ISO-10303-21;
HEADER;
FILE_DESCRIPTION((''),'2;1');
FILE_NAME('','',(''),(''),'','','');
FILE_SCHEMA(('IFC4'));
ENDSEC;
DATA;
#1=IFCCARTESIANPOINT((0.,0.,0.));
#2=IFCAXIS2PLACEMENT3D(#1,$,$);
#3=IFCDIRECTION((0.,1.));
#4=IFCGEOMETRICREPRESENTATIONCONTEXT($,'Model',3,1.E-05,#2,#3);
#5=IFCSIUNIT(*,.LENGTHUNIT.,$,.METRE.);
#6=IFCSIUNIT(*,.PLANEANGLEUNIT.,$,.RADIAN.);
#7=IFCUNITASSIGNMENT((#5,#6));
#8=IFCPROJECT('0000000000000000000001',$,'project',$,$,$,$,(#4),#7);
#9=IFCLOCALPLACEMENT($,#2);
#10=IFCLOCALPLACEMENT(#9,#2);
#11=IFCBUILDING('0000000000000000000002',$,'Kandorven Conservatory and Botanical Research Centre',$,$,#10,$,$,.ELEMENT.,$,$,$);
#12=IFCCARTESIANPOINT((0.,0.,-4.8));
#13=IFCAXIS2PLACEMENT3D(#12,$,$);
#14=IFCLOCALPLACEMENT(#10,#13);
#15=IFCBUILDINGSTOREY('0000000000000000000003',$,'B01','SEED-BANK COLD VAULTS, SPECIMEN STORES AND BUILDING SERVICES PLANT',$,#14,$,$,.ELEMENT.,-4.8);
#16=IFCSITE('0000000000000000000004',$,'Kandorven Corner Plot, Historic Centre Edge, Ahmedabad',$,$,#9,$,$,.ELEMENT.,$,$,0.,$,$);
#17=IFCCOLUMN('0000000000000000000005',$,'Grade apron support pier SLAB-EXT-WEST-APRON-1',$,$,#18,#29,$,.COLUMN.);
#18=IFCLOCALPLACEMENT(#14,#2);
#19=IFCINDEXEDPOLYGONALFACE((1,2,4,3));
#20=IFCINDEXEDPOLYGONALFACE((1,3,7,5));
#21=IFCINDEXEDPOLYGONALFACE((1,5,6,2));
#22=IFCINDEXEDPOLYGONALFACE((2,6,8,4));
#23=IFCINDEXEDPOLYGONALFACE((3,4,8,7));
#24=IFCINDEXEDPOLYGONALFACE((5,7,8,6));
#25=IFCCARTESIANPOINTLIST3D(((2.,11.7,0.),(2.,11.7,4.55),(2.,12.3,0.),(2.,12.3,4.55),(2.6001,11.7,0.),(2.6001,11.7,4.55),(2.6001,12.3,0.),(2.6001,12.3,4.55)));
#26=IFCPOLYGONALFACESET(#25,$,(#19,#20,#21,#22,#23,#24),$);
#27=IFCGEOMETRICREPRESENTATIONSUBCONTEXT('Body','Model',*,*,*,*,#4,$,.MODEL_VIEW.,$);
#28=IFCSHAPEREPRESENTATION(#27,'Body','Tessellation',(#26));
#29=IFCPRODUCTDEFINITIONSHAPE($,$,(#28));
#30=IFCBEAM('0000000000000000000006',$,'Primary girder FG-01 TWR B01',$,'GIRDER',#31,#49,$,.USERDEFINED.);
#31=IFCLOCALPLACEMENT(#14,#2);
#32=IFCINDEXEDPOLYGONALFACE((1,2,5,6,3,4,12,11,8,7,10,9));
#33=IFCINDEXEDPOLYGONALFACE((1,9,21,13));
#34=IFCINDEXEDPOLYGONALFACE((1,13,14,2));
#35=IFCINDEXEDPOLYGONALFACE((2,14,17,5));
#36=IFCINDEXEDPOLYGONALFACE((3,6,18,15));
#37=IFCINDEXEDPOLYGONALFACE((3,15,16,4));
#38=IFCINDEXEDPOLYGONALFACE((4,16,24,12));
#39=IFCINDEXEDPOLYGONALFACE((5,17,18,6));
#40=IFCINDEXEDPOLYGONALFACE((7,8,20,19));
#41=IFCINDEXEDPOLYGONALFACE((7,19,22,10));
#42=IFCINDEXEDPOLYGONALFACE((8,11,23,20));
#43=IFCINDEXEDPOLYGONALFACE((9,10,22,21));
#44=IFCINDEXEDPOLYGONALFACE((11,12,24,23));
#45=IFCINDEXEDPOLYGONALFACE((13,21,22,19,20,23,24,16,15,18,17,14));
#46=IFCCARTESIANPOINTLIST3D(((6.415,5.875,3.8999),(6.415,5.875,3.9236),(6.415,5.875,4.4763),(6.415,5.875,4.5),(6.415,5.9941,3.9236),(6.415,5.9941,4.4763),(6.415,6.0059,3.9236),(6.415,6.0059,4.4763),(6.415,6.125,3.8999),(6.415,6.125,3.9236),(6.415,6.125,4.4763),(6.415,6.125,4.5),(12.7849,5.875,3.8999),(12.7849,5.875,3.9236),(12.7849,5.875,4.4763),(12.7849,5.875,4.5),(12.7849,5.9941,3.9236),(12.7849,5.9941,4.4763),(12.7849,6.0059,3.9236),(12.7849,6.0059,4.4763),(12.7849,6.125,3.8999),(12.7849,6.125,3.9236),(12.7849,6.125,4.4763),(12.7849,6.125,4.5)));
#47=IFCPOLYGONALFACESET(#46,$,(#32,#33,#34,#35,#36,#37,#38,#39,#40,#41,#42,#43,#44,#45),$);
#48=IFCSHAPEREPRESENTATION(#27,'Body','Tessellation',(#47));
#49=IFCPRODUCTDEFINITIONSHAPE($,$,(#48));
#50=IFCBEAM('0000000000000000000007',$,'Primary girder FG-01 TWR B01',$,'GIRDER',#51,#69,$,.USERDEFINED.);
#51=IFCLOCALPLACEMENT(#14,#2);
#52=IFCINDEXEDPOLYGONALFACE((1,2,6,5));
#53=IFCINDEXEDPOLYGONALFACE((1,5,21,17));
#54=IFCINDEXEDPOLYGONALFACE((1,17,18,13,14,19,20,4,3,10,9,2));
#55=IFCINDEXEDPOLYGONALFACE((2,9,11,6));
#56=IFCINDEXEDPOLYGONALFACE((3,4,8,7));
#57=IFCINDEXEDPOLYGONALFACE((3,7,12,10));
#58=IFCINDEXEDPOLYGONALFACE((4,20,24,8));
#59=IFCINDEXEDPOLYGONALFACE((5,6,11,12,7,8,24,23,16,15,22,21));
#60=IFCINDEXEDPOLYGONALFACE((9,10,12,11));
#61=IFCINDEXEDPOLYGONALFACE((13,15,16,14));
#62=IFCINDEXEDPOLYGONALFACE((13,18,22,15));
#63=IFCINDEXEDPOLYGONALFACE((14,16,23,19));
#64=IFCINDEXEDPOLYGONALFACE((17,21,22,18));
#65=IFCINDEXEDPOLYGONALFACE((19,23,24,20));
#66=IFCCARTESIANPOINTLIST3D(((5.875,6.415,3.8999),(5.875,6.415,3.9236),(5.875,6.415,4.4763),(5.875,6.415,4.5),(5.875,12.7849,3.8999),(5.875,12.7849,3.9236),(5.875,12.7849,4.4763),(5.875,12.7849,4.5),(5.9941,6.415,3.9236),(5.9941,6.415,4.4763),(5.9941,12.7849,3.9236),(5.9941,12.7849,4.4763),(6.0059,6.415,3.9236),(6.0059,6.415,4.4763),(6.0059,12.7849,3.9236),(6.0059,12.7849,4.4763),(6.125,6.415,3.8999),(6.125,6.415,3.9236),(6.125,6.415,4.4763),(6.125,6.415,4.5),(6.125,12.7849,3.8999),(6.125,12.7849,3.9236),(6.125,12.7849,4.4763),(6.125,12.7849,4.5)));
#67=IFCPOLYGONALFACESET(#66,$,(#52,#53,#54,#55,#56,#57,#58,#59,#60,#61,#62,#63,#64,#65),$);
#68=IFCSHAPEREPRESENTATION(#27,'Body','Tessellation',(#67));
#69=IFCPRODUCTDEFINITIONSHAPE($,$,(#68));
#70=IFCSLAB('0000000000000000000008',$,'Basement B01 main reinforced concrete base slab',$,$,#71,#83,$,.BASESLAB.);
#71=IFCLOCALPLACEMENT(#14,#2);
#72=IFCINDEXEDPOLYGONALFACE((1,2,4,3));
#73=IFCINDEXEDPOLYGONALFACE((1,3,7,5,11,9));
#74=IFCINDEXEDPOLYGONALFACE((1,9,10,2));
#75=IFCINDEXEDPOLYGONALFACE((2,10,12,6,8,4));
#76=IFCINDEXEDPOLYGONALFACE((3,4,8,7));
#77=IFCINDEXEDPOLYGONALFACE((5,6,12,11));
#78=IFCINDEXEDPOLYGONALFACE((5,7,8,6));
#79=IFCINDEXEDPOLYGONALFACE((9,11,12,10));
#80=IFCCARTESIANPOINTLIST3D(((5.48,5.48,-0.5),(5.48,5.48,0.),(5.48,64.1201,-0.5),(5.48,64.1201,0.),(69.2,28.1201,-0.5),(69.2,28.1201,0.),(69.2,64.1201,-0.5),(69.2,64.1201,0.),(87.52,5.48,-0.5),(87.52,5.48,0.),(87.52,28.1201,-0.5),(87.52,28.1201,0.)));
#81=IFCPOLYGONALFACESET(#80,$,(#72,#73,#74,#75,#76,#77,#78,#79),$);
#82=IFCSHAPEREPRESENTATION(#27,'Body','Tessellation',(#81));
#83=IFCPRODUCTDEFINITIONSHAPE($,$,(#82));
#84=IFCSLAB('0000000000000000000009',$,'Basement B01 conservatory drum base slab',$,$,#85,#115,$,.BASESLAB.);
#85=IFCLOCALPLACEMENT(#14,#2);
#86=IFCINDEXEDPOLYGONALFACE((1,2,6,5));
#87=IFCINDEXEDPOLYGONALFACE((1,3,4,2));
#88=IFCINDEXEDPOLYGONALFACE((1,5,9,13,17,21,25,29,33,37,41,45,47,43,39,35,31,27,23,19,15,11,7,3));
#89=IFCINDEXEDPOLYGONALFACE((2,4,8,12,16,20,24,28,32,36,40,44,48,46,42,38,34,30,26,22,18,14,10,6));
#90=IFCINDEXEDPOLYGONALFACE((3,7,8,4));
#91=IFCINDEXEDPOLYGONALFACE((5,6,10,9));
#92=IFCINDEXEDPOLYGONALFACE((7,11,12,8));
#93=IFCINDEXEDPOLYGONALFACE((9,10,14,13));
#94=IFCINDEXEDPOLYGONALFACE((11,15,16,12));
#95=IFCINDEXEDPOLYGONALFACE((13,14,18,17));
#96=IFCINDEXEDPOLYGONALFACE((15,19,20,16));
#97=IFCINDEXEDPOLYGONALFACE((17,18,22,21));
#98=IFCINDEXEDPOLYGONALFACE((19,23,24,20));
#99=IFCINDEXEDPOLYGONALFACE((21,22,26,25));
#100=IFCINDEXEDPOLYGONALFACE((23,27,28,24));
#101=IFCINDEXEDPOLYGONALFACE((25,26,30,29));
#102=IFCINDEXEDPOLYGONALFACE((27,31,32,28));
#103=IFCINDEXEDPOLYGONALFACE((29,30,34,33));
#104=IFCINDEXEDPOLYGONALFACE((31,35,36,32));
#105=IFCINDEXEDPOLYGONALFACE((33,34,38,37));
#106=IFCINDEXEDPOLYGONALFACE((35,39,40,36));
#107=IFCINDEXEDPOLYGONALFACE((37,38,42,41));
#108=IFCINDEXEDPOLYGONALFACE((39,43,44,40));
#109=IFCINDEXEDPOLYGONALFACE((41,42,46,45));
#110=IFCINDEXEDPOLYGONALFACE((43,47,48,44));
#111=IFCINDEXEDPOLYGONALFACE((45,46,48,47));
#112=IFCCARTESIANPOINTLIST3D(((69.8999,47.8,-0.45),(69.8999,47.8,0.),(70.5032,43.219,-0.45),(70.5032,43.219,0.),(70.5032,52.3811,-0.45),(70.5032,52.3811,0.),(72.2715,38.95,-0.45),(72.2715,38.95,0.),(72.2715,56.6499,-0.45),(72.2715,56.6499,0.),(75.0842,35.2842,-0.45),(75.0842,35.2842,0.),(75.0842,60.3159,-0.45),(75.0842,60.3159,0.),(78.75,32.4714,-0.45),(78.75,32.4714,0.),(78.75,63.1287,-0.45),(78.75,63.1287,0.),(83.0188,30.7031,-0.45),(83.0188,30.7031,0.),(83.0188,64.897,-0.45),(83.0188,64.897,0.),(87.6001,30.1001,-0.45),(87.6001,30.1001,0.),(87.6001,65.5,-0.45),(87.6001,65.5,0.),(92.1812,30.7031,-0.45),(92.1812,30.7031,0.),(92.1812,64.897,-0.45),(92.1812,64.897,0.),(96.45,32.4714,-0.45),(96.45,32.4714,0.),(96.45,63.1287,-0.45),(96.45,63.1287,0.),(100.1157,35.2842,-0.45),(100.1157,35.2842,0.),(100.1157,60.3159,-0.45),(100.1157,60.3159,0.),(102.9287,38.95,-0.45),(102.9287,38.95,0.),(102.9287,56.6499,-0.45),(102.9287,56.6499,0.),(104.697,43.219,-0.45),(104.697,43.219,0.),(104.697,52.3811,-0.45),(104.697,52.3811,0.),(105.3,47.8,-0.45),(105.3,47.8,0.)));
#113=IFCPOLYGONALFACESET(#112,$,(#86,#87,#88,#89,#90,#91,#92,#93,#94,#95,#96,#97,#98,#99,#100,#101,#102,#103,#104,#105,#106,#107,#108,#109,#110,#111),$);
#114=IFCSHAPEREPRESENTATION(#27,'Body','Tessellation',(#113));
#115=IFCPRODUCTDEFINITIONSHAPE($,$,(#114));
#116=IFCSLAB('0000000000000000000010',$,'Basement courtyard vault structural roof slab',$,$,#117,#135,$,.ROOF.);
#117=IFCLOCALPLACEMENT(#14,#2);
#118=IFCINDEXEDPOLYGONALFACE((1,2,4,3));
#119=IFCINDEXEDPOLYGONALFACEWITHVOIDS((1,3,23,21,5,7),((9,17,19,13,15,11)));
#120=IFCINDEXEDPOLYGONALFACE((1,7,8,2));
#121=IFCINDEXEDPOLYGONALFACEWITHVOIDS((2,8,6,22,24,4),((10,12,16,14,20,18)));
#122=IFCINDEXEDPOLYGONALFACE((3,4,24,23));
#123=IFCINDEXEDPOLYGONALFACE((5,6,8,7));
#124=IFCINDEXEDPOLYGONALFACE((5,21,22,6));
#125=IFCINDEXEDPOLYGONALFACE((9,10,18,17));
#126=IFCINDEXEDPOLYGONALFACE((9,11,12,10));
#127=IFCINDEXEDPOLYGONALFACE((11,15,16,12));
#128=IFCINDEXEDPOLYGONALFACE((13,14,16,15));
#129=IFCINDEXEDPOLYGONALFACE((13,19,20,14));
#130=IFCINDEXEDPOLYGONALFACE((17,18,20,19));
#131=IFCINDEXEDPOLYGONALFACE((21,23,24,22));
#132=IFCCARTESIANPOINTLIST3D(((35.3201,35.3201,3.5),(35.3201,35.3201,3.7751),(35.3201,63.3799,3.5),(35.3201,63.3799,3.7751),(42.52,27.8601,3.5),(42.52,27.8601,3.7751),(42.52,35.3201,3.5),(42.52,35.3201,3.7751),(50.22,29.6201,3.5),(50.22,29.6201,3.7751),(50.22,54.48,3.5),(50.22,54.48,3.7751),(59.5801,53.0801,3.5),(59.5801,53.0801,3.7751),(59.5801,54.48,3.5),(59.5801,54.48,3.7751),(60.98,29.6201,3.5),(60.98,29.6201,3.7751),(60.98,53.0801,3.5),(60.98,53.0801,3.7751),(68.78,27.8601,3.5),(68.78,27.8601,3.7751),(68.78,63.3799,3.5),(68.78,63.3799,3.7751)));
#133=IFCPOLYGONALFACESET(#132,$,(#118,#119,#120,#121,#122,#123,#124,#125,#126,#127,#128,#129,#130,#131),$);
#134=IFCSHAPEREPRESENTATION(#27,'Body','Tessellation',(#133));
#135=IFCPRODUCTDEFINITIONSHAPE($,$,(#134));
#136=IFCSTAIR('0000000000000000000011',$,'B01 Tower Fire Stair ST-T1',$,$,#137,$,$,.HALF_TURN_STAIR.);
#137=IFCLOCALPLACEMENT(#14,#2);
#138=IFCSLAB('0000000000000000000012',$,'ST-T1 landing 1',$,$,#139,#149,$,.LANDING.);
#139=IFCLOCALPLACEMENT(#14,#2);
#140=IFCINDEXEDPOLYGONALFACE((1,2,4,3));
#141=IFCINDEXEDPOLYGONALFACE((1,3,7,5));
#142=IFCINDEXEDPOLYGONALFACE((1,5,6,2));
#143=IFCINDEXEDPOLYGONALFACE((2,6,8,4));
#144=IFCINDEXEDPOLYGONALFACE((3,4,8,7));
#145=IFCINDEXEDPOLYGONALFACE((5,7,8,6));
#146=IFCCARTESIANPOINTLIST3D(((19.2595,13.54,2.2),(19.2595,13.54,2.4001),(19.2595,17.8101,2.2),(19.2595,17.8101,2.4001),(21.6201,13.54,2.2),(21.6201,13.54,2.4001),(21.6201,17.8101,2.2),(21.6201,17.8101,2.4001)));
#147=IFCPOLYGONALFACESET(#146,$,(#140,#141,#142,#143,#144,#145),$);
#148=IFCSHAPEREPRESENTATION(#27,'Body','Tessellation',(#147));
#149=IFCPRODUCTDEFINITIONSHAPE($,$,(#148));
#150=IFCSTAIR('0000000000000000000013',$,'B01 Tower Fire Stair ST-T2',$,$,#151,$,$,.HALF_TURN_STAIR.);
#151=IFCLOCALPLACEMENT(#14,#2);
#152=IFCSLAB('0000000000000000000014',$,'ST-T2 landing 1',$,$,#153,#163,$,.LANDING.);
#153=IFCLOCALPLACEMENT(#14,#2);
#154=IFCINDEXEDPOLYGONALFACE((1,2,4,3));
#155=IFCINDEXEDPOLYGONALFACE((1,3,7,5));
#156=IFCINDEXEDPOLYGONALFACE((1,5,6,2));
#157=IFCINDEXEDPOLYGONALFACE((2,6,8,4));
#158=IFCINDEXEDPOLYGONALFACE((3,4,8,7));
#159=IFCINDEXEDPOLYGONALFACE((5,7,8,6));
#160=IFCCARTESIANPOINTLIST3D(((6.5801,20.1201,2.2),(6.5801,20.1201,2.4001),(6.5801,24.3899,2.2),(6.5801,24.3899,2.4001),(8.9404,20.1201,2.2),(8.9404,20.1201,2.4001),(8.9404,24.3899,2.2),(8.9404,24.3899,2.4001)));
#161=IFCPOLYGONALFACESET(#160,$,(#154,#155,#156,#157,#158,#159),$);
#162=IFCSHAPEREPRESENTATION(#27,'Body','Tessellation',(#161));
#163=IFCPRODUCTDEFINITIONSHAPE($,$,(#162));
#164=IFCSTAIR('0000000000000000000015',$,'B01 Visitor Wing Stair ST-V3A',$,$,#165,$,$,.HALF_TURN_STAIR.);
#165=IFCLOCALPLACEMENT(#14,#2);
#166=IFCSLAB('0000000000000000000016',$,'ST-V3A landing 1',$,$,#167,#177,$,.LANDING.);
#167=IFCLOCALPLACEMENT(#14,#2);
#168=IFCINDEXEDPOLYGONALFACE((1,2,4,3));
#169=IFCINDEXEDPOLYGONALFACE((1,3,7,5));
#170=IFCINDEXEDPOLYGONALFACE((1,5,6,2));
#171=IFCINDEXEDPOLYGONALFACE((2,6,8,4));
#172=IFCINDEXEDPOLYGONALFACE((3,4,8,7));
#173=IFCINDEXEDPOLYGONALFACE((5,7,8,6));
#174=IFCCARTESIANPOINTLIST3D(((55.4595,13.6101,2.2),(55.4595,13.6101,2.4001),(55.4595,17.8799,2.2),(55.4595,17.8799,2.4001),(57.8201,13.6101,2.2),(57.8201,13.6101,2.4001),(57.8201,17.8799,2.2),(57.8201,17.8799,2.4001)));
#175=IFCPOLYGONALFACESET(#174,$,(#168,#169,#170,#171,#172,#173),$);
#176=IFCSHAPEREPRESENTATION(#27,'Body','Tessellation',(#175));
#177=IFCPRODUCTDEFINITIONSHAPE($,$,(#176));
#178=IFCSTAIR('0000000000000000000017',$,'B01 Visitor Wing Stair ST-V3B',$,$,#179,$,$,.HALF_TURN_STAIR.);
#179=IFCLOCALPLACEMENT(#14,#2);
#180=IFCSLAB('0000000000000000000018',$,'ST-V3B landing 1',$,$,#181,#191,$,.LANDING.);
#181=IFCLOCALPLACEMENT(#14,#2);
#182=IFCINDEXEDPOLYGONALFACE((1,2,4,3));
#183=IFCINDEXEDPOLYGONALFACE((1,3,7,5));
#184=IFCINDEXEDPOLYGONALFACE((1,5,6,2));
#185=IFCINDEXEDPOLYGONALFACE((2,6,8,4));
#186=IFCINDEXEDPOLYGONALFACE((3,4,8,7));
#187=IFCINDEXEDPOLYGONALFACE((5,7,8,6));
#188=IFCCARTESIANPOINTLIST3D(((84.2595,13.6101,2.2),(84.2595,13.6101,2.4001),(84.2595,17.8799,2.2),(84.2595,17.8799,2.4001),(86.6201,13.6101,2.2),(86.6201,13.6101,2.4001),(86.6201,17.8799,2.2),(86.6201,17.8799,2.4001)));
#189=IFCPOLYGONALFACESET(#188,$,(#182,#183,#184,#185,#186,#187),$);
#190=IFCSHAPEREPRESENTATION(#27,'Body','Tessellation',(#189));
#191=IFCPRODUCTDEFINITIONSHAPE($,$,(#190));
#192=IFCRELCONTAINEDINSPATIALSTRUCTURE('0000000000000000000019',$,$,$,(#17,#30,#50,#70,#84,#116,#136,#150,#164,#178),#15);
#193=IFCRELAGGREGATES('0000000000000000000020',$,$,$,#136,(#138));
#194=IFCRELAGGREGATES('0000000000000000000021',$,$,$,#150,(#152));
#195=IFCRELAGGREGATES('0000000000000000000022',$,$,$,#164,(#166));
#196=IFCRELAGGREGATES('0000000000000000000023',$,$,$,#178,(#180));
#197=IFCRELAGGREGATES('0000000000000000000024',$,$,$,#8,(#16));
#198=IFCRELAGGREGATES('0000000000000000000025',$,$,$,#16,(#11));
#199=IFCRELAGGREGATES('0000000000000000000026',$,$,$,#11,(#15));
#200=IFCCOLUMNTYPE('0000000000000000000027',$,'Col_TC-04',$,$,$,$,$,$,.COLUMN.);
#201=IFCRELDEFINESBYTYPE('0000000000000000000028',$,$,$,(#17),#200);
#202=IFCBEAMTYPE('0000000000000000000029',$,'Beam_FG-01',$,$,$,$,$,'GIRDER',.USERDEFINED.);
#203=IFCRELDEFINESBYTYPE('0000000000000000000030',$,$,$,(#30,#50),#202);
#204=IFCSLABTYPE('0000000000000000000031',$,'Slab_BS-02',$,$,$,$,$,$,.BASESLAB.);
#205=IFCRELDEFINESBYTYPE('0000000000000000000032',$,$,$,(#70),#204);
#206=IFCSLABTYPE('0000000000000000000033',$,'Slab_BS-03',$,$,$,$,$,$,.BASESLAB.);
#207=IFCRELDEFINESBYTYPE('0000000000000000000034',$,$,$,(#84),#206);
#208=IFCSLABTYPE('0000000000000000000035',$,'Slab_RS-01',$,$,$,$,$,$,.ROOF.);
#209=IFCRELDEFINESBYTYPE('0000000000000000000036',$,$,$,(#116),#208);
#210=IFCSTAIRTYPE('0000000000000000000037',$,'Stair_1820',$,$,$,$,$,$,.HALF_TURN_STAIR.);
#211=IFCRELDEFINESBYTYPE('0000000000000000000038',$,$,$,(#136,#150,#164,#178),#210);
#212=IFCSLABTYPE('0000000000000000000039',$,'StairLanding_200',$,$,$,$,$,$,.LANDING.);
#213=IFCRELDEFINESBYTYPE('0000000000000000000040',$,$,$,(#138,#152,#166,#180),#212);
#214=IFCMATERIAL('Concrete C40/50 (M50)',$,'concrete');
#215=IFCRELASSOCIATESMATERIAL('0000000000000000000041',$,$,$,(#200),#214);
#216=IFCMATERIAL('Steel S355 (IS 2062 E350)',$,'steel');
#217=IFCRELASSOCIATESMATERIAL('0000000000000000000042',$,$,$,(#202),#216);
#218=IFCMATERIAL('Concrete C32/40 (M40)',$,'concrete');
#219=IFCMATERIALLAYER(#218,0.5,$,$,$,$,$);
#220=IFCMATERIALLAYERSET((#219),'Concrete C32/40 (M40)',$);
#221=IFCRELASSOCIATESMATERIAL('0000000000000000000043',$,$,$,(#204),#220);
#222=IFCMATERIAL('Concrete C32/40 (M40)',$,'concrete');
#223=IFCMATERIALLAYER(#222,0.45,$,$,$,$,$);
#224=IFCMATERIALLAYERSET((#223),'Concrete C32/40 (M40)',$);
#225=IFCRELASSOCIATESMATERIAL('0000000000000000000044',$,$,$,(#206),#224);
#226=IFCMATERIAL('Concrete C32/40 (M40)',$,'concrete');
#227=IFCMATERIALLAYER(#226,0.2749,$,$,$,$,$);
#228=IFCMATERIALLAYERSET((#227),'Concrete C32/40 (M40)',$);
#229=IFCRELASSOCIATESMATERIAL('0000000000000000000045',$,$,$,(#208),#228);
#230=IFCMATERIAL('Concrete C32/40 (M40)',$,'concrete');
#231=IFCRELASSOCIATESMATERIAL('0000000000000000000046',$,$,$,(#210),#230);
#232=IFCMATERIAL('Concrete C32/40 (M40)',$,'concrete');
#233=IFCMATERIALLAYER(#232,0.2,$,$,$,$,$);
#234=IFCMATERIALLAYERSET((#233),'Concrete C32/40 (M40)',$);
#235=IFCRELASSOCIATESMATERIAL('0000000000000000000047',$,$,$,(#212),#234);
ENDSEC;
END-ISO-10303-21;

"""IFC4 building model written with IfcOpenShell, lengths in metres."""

from ifc_helpers import new_model, si_unit, direction, frame, origin, origin_2d, place, context, subcontext, project, spatial, polyline, rectangle, i_section, outline, extrude, material, layer, layer_set, material_profile, profile_set, type_object, element, aggregate, save


model = new_model("IFC4")

# Units and contexts
model_context = context("Model", 3, precision=1e-05, world=origin(), true_north=direction((0.0, 1.0)))
body_context = subcontext(model_context, "Body", "Model", "MODEL_VIEW")
ifc_project = project(units=[si_unit("LENGTHUNIT", "METRE"), si_unit("PLANEANGLEUNIT", "RADIAN")], contexts=[model_context])

# Site, building, storey
site_placement = place(None, origin())
site = spatial("IfcSite", under=ifc_project, at=site_placement, Name="Kandorven Corner Plot, Historic Centre Edge, Ahmedabad", CompositionType="ELEMENT", RefElevation=0.0)
building_placement = place(site_placement, origin())
building = spatial("IfcBuilding", under=site, at=building_placement, Name="Kandorven Conservatory and Botanical Research Centre", CompositionType="ELEMENT")
storey_placement = place(building_placement, frame((0.0, 0.0, -4.8)))
storey = spatial("IfcBuildingStorey", under=building, at=storey_placement, Name="B01", Description="SEED-BANK COLD VAULTS, SPECIMEN STORES AND BUILDING SERVICES PLANT", CompositionType="ELEMENT", Elevation=-4.8)

# Column
ifc_material_1 = material(Name="Concrete C40/50 (M50)", Category="concrete")
ifc_material_profile_1 = material_profile(ifc_material_1, rectangle(XDim=0.6001, YDim=0.6001, at=origin_2d()))
ifc_profile_set_1 = profile_set([ifc_material_profile_1], Name="Concrete C40/50 (M50)")
column_type_1 = type_object("IfcColumnType", Name="Col_TC-04", PredefinedType="COLUMN", material=ifc_profile_set_1)
column_1_placement = place(storey_placement, frame((2.3, 12.0, 0.0), z_axis=(0.0, 0.0, 1.0), x_axis=(1.0, 0.0, 0.0)))
element("IfcColumn", 1, at=column_1_placement, inside=storey, type_object=column_type_1, Name="Grade apron support pier SLAB-EXT-WEST-APRON-1", PredefinedType="COLUMN", context=body_context, shape_type="SweptSolid", body=[
    extrude(rectangle(XDim=0.6001, YDim=0.6001, at=origin_2d()), origin(), (0.0, 0.0, 1.0), 4.55),
])

# Beams
ifc_material_2 = material(Name="Steel S355 (IS 2062 E350)", Category="steel")
ifc_material_profile_2 = material_profile(ifc_material_2, i_section(OverallWidth=0.25, OverallDepth=0.6001, WebThickness=0.0117, FlangeThickness=0.0237, at=origin_2d()))
ifc_profile_set_2 = profile_set([ifc_material_profile_2], Name="Steel S355 (IS 2062 E350)")
beam_type = type_object("IfcBeamType", Name="Beam_FG-01", ElementType="GIRDER", PredefinedType="USERDEFINED", material=ifc_profile_set_2)
for number, where, z_axis, x_axis, name in (
    (2, (6.415, 6.0, 4.2), (1.0, 0.0, 0.0), (0.0, 1.0, 0.0), "Primary girder FG-01 TWR B01"),
    (3, (6.0, 6.415, 4.2), (0.0, 1.0, 0.0), (-1.0, 0.0, 0.0), "Primary girder FG-01 TWR B01"),
):
    element("IfcBeam", number, at=place(storey_placement, frame(where, z_axis=z_axis, x_axis=x_axis)), inside=storey, type_object=beam_type, Name=name, ObjectType="GIRDER", PredefinedType="USERDEFINED", context=body_context, shape_type="SweptSolid", body=[
        extrude(i_section(OverallWidth=0.25, OverallDepth=0.6001, WebThickness=0.0117, FlangeThickness=0.0237, at=origin_2d()), origin(), (0.0, 0.0, 1.0), 6.3699),
    ])

# Slabs
ifc_material_3 = material(Name="Concrete C32/40 (M40)", Category="concrete")
ifc_layer_1 = layer(ifc_material_3, 0.5)
ifc_layer_set_1 = layer_set([ifc_layer_1], Name="Concrete C32/40 (M40)")
slab_type_1 = type_object("IfcSlabType", Name="Slab_BS-02", PredefinedType="BASESLAB", material=ifc_layer_set_1)
slab_1_placement = place(storey_placement, frame((0.0, 0.0, -0.5)))
element("IfcSlab", 4, at=slab_1_placement, inside=storey, type_object=slab_type_1, Name="Basement B01 main reinforced concrete base slab", PredefinedType="BASESLAB", context=body_context, shape_type="SweptSolid", body=[
    extrude(outline(polyline([(5.48, 5.48), (87.52, 5.48), (87.52, 28.1201), (69.2, 28.1201), (69.2, 64.1201), (5.48, 64.1201), (5.48, 5.48)])), origin(), (0.0, 0.0, 1.0), 0.5),
])
ifc_material_4 = material(Name="Concrete C32/40 (M40)", Category="concrete")
ifc_layer_2 = layer(ifc_material_4, 0.45)
ifc_layer_set_2 = layer_set([ifc_layer_2], Name="Concrete C32/40 (M40)")
slab_type_2 = type_object("IfcSlabType", Name="Slab_BS-03", PredefinedType="BASESLAB", material=ifc_layer_set_2)
slab_2_placement = place(storey_placement, frame((0.0, 0.0, -0.45)))
element("IfcSlab", 5, at=slab_2_placement, inside=storey, type_object=slab_type_2, Name="Basement B01 conservatory drum base slab", PredefinedType="BASESLAB", context=body_context, shape_type="SweptSolid", body=[
    extrude(outline(polyline([(105.3, 47.8), (104.697, 52.3811), (102.9287, 56.6499), (100.1157, 60.3159), (96.45, 63.1287), (92.1812, 64.897), (87.6001, 65.5), (83.0188, 64.897), (78.75, 63.1287), (75.0842, 60.3159), (72.2715, 56.6499), (70.5032, 52.3811), (69.8999, 47.8), (70.5032, 43.219), (72.2715, 38.95), (75.0842, 35.2842), (78.75, 32.4714), (83.0188, 30.7031), (87.6001, 30.1001), (92.1812, 30.7031), (96.45, 32.4714), (100.1157, 35.2842), (102.9287, 38.95), (104.697, 43.219), (105.3, 47.8)])), origin(), (0.0, 0.0, 1.0), 0.45),
])
ifc_material_5 = material(Name="Concrete C32/40 (M40)", Category="concrete")
ifc_layer_3 = layer(ifc_material_5, 0.2749)
ifc_layer_set_3 = layer_set([ifc_layer_3], Name="Concrete C32/40 (M40)")
slab_type_3 = type_object("IfcSlabType", Name="Slab_RS-01", PredefinedType="ROOF", material=ifc_layer_set_3)
slab_3_placement = place(storey_placement, frame((0.0, 0.0, 3.5)))
element("IfcSlab", 6, at=slab_3_placement, inside=storey, type_object=slab_type_3, Name="Basement courtyard vault structural roof slab", PredefinedType="ROOF", context=body_context, shape_type="SweptSolid", body=[
    extrude(outline(polyline([(35.3201, 35.3201), (42.52, 35.3201), (42.52, 27.8601), (68.78, 27.8601), (68.78, 63.3799), (35.3201, 63.3799), (35.3201, 35.3201)]), holes=[polyline([(50.22, 29.6201), (60.98, 29.6201), (60.98, 53.0801), (59.5801, 53.0801), (59.5801, 54.48), (50.22, 54.48), (50.22, 29.6201)])]), origin(), (0.0, 0.0, 1.0), 0.2751),
])

# Stairs, slabs
ifc_material_6 = material(Name="Concrete C32/40 (M40)", Category="concrete")
stair_type_1 = type_object("IfcStairType", Name="Stair_1820", PredefinedType="HALF_TURN_STAIR", material=ifc_material_6)
stair_1_placement = place(storey_placement, origin())
stair_1 = element("IfcStair", 7, at=stair_1_placement, inside=storey, type_object=stair_type_1, Name="B01 Tower Fire Stair ST-T1", PredefinedType="HALF_TURN_STAIR")
ifc_material_7 = material(Name="Concrete C32/40 (M40)", Category="concrete")
ifc_layer_4 = layer(ifc_material_7, 0.2)
ifc_layer_set_4 = layer_set([ifc_layer_4], Name="Concrete C32/40 (M40)")
slab_type_4 = type_object("IfcSlabType", Name="StairLanding_200", PredefinedType="LANDING", material=ifc_layer_set_4)
slab_4_placement = place(storey_placement, frame((0.0, 0.0, 2.2)))
slab_4 = element("IfcSlab", 8, at=slab_4_placement, type_object=slab_type_4, Name="ST-T1 landing 1", PredefinedType="LANDING", context=body_context, shape_type="SweptSolid", body=[
    extrude(outline(polyline([(19.2595, 13.54), (21.6201, 13.54), (21.6201, 17.8101), (19.2595, 17.8101), (19.2595, 13.54)])), origin(), (0.0, 0.0, 1.0), 0.2002),
])
aggregate(stair_1, [slab_4])
stair_2_placement = place(storey_placement, origin())
stair_2 = element("IfcStair", 9, at=stair_2_placement, inside=storey, type_object=stair_type_1, Name="B01 Tower Fire Stair ST-T2", PredefinedType="HALF_TURN_STAIR")
slab_5_placement = place(storey_placement, frame((0.0, 0.0, 2.2)))
slab_5 = element("IfcSlab", 10, at=slab_5_placement, type_object=slab_type_4, Name="ST-T2 landing 1", PredefinedType="LANDING", context=body_context, shape_type="SweptSolid", body=[
    extrude(outline(polyline([(8.9404, 24.3899), (6.5801, 24.3899), (6.5801, 20.1201), (8.9404, 20.1201), (8.9404, 24.3899)])), origin(), (0.0, 0.0, 1.0), 0.2002),
])
aggregate(stair_2, [slab_5])
stair_3_placement = place(storey_placement, origin())
stair_3 = element("IfcStair", 11, at=stair_3_placement, inside=storey, type_object=stair_type_1, Name="B01 Visitor Wing Stair ST-V3A", PredefinedType="HALF_TURN_STAIR")
slab_6_placement = place(storey_placement, frame((0.0, 0.0, 2.2)))
slab_6 = element("IfcSlab", 12, at=slab_6_placement, type_object=slab_type_4, Name="ST-V3A landing 1", PredefinedType="LANDING", context=body_context, shape_type="SweptSolid", body=[
    extrude(outline(polyline([(55.4595, 13.6101), (57.8201, 13.6101), (57.8201, 17.8799), (55.4595, 17.8799), (55.4595, 13.6101)])), origin(), (0.0, 0.0, 1.0), 0.2002),
])
aggregate(stair_3, [slab_6])
stair_4_placement = place(storey_placement, origin())
stair_4 = element("IfcStair", 13, at=stair_4_placement, inside=storey, type_object=stair_type_1, Name="B01 Visitor Wing Stair ST-V3B", PredefinedType="HALF_TURN_STAIR")
slab_7_placement = place(storey_placement, frame((0.0, 0.0, 2.2)))
slab_7 = element("IfcSlab", 14, at=slab_7_placement, type_object=slab_type_4, Name="ST-V3B landing 1", PredefinedType="LANDING", context=body_context, shape_type="SweptSolid", body=[
    extrude(outline(polyline([(84.2595, 13.6101), (86.6201, 13.6101), (86.6201, 17.8799), (84.2595, 17.8799), (84.2595, 13.6101)])), origin(), (0.0, 0.0, 1.0), 0.2002),
])
aggregate(stair_4, [slab_7])

save(model, "model.ifc")
